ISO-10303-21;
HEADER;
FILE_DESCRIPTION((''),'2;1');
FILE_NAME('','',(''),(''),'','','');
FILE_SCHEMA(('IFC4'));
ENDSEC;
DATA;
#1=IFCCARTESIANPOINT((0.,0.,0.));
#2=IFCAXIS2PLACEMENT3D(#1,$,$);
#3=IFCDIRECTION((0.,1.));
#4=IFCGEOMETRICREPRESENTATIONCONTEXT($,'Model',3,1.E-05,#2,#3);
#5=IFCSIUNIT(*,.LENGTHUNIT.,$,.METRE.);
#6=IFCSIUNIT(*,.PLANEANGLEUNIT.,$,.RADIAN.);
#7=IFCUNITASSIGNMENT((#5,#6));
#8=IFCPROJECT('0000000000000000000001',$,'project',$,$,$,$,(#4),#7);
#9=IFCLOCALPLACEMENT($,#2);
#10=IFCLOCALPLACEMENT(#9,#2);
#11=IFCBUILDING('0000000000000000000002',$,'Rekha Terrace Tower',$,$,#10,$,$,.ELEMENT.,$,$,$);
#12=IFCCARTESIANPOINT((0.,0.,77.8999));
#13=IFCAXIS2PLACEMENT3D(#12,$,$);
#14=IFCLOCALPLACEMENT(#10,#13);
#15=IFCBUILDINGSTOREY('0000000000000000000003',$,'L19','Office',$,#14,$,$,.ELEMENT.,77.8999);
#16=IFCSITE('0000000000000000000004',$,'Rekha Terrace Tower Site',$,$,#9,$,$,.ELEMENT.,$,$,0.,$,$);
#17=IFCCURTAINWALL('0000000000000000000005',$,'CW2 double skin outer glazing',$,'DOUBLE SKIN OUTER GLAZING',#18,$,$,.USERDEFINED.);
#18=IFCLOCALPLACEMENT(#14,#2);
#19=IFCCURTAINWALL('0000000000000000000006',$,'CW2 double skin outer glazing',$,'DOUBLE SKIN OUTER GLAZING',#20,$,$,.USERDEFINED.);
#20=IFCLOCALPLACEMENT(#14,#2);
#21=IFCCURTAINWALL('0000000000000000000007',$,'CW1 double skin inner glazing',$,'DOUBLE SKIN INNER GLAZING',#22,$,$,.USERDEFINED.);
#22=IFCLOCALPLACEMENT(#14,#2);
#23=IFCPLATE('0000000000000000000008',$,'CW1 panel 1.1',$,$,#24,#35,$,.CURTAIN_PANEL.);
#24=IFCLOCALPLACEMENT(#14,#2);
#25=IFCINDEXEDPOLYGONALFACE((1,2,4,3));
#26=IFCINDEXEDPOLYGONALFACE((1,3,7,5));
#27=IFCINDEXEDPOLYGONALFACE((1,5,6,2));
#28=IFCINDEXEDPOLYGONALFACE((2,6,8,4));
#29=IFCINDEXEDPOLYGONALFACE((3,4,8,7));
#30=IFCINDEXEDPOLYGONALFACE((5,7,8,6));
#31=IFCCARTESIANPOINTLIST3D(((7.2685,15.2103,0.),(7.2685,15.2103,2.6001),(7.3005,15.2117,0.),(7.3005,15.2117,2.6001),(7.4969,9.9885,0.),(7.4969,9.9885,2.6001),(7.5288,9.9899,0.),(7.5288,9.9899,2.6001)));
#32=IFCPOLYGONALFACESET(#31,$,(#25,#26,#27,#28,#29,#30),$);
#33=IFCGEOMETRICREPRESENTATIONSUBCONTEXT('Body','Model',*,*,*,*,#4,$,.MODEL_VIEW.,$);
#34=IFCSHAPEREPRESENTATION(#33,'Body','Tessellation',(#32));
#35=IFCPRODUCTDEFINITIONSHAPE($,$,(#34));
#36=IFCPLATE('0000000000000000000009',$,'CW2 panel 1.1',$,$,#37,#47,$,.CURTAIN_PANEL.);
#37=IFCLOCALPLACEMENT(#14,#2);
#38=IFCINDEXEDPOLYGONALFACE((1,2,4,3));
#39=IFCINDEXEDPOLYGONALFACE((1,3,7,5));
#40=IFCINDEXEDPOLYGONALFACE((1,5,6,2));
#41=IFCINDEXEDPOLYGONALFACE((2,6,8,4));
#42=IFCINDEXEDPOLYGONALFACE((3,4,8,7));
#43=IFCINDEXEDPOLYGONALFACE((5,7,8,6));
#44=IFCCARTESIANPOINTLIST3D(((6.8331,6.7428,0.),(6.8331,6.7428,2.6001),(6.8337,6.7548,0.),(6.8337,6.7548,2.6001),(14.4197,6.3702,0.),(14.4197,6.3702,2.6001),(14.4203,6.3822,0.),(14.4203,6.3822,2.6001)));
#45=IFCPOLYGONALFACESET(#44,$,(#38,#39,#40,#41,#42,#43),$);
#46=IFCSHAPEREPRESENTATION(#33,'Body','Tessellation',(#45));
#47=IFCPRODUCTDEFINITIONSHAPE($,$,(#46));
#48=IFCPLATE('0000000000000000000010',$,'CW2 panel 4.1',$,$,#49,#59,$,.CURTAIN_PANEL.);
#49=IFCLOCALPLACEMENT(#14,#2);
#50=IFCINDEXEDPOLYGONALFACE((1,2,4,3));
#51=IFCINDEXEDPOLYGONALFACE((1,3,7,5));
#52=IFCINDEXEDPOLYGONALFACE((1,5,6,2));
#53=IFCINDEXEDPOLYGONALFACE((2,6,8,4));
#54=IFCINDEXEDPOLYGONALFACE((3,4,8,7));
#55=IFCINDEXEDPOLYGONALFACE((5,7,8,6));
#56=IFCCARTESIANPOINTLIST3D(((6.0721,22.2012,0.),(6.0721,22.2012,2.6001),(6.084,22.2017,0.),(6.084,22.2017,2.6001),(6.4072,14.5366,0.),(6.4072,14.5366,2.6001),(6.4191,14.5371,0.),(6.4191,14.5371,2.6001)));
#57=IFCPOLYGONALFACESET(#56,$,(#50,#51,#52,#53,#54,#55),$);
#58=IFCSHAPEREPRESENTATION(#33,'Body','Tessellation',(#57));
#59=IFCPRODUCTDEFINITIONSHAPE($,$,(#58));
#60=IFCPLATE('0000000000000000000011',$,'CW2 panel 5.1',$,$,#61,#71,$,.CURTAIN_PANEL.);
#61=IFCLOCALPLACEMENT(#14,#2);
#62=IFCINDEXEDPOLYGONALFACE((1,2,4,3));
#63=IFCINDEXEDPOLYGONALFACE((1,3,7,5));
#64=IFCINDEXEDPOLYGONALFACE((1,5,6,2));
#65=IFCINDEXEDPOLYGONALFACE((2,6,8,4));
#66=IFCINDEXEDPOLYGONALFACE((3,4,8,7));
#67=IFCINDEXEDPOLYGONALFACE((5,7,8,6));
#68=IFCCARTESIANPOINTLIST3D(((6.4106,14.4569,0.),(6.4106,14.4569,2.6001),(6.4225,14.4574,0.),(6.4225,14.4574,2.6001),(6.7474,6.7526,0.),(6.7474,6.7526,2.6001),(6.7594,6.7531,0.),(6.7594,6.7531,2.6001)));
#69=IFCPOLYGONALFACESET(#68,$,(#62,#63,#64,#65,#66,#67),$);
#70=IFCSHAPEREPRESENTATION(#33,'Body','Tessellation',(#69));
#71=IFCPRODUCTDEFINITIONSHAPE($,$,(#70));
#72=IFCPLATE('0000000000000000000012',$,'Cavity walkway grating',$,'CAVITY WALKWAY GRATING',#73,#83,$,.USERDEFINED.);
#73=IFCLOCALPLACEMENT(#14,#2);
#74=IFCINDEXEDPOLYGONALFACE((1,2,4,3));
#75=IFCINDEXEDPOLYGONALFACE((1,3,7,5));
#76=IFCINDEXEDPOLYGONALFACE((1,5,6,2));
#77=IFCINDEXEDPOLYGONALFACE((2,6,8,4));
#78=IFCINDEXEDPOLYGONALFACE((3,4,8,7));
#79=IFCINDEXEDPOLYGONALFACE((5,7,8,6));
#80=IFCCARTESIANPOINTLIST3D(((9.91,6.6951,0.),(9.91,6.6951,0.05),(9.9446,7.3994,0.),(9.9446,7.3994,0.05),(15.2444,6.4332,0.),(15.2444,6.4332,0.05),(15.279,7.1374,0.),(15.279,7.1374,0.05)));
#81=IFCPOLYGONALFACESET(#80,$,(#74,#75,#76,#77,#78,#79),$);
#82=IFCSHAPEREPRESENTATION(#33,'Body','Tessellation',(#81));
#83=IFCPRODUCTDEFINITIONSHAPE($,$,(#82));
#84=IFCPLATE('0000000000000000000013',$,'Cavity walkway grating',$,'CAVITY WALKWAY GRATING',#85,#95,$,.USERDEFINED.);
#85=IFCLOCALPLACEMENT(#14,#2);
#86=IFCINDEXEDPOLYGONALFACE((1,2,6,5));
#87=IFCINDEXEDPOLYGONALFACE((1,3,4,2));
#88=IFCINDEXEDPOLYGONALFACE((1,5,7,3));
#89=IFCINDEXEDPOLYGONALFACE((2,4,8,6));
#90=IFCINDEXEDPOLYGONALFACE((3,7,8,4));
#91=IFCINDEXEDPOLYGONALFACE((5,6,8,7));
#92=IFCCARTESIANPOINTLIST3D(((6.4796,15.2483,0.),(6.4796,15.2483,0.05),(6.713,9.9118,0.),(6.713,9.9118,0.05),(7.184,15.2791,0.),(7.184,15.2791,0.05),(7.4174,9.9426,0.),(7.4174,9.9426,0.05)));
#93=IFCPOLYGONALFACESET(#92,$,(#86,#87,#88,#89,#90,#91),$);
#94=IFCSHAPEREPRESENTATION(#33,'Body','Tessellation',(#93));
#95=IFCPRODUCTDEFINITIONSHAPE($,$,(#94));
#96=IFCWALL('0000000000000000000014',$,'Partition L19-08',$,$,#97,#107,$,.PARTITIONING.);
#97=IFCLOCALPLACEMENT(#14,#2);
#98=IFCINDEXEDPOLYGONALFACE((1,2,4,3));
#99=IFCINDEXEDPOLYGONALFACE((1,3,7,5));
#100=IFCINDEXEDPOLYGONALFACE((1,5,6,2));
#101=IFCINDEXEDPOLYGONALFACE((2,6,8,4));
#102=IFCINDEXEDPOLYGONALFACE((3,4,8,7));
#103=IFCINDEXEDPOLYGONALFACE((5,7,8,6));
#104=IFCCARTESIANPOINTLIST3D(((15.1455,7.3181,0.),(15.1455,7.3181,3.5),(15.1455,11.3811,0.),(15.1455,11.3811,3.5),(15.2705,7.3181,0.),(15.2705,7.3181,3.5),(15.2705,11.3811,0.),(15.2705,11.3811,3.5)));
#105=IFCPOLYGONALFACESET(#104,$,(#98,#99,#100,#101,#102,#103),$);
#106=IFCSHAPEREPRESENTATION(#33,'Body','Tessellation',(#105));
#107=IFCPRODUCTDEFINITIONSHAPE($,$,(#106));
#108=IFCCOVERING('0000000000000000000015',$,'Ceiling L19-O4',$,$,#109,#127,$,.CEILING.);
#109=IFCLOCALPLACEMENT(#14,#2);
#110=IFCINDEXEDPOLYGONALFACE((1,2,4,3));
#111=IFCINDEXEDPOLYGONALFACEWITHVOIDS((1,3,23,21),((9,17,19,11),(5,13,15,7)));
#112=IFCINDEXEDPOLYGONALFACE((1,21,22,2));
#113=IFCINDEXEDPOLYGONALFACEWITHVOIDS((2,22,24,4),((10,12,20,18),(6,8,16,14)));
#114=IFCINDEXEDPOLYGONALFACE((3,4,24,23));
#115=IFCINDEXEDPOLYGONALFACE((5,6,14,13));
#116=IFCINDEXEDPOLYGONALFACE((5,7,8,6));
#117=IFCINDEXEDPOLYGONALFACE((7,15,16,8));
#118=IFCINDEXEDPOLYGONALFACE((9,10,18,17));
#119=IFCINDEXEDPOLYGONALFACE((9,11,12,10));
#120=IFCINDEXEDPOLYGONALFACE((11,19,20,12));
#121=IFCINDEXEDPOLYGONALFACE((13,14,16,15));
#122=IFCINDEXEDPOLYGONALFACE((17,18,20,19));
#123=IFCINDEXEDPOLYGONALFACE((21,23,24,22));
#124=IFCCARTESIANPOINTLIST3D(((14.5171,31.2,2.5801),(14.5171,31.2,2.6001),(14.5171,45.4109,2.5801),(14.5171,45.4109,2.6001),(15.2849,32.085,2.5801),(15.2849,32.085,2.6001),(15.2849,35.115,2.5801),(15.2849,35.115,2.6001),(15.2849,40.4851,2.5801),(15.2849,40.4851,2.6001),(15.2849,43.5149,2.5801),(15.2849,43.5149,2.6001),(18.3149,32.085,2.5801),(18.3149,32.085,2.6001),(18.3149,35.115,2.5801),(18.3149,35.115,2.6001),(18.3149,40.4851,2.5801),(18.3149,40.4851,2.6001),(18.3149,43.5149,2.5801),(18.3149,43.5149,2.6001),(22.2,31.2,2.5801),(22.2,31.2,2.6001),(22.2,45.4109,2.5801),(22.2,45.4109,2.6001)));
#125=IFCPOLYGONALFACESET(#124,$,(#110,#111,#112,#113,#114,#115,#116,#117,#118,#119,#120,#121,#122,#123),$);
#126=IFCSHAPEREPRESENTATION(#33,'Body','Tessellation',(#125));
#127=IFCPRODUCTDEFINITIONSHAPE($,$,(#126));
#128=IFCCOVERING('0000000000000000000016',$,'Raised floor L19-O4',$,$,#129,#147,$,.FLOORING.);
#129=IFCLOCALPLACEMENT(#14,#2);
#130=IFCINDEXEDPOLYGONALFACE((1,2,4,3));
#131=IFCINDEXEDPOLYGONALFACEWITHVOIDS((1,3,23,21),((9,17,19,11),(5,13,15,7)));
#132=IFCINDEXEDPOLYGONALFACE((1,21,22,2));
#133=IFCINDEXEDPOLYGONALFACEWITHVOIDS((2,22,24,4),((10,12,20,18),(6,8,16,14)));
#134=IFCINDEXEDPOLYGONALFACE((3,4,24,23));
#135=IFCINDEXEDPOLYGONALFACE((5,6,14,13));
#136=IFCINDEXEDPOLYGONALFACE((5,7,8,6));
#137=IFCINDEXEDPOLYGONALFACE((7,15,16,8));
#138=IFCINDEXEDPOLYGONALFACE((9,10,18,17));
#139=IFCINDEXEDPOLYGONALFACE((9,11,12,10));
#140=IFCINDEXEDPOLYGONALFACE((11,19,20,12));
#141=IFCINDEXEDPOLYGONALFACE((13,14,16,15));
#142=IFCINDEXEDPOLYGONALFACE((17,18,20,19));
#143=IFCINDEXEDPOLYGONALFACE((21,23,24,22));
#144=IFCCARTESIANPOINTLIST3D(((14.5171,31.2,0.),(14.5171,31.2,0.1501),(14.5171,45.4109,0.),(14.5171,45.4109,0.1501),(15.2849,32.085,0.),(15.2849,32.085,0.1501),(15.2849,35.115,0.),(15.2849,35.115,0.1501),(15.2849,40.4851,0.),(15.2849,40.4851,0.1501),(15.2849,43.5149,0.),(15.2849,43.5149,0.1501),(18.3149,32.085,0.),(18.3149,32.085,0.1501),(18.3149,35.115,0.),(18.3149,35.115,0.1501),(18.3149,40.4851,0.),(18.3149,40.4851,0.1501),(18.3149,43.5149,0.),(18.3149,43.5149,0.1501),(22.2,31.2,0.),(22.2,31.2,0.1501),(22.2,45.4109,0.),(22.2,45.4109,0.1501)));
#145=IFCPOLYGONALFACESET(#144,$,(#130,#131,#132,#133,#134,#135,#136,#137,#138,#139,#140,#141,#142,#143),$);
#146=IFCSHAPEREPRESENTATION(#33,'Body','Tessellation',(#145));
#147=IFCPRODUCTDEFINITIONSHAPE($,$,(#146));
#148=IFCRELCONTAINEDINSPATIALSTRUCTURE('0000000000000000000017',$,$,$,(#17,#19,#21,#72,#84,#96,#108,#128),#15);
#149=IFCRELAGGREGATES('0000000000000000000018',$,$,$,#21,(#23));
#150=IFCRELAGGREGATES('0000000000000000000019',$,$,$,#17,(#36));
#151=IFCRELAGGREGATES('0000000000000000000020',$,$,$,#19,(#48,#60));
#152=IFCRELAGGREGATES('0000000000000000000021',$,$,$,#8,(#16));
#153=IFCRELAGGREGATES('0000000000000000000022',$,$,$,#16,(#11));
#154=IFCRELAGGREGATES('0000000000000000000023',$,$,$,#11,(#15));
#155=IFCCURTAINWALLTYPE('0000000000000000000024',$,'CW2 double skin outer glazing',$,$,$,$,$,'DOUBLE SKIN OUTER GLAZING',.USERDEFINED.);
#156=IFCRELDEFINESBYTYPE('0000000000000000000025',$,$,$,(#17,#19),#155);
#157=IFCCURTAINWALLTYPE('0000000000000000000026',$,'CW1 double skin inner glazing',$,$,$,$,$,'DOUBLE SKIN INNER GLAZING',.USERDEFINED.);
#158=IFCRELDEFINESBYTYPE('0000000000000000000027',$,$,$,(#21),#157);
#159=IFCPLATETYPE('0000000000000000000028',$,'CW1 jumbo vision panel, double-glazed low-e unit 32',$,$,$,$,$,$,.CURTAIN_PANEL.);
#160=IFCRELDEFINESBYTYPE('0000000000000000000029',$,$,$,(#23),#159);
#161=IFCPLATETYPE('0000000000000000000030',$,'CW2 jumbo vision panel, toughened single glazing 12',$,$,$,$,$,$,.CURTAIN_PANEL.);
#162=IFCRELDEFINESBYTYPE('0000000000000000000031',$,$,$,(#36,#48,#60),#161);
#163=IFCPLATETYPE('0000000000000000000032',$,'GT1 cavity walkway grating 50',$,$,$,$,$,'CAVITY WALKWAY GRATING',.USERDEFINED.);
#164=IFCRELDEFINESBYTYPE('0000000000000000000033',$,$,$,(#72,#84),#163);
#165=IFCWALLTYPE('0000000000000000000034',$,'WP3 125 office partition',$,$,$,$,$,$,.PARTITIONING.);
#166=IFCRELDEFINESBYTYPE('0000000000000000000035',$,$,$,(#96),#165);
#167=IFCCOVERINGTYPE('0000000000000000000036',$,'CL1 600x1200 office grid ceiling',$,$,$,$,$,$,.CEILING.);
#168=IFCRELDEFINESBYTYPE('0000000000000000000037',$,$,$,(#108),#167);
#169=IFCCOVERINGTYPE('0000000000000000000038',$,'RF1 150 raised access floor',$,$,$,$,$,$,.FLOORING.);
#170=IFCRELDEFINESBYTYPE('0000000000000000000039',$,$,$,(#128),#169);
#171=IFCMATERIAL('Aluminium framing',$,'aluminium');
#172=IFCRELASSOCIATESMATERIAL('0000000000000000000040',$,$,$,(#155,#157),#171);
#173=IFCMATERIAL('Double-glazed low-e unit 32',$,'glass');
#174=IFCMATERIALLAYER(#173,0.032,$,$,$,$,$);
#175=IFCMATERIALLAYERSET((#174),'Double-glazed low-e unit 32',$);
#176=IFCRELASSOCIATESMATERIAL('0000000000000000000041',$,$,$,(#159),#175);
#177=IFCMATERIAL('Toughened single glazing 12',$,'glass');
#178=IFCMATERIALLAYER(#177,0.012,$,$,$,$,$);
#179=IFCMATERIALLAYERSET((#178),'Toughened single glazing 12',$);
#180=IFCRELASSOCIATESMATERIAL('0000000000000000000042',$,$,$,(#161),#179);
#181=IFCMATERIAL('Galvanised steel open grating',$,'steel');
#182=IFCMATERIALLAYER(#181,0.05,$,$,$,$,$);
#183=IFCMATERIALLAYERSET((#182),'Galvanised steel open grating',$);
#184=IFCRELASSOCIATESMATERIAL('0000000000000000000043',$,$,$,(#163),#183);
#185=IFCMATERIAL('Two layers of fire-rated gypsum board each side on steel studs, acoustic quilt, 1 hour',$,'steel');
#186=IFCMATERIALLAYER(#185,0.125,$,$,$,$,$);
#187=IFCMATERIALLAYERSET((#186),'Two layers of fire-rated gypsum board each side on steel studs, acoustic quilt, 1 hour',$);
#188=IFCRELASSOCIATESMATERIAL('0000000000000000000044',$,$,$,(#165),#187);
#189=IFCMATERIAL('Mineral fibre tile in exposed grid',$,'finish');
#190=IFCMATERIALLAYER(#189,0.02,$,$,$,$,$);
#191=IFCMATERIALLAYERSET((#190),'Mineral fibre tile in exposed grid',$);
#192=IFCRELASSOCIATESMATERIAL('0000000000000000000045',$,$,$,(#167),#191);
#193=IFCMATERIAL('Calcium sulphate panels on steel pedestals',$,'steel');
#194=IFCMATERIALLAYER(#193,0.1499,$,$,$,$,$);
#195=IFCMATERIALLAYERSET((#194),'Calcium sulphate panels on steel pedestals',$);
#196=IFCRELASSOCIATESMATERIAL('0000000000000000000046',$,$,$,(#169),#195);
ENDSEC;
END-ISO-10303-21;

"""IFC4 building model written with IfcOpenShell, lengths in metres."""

from ifc_helpers import new_model, si_unit, direction, frame, frame_2d, origin, origin_2d, place, context, subcontext, project, spatial, polyline, rectangle, outline, extrude, material, layer, layer_set, type_object, element, aggregate, save


model = new_model("IFC4")

# Units and contexts
model_context = context("Model", 3, precision=1e-05, world=origin(), true_north=direction((0.0, 1.0)))
body_context = subcontext(model_context, "Body", "Model", "MODEL_VIEW")
ifc_project = project(units=[si_unit("LENGTHUNIT", "METRE"), si_unit("PLANEANGLEUNIT", "RADIAN")], contexts=[model_context])

# Site, building, storey
site_placement = place(None, origin())
site = spatial("IfcSite", under=ifc_project, at=site_placement, Name="Rekha Terrace Tower Site", CompositionType="ELEMENT", RefElevation=0.0)
building_placement = place(site_placement, origin())
building = spatial("IfcBuilding", under=site, at=building_placement, Name="Rekha Terrace Tower", CompositionType="ELEMENT")
storey_placement = place(building_placement, frame((0.0, 0.0, 77.8999)))
storey = spatial("IfcBuildingStorey", under=building, at=storey_placement, Name="L19", Description="Office", CompositionType="ELEMENT", Elevation=77.8999)

# Curtain wall
ifc_material_1 = material(Name="Aluminium framing", Category="aluminium")
curtain_wall_type_1 = type_object("IfcCurtainWallType", Name="CW2 double skin outer glazing", ElementType="DOUBLE SKIN OUTER GLAZING", PredefinedType="USERDEFINED", material=ifc_material_1)
curtain_wall_1_placement = place(storey_placement, origin())
curtain_wall_1 = element("IfcCurtainWall", 1, at=curtain_wall_1_placement, inside=storey, type_object=curtain_wall_type_1, Name="CW2 double skin outer glazing", ObjectType="DOUBLE SKIN OUTER GLAZING", PredefinedType="USERDEFINED")

# Curtain wall
curtain_wall_2_placement = place(storey_placement, origin())
curtain_wall_2 = element("IfcCurtainWall", 2, at=curtain_wall_2_placement, inside=storey, type_object=curtain_wall_type_1, Name="CW2 double skin outer glazing", ObjectType="DOUBLE SKIN OUTER GLAZING", PredefinedType="USERDEFINED")
curtain_wall_type_2 = type_object("IfcCurtainWallType", Name="CW1 double skin inner glazing", ElementType="DOUBLE SKIN INNER GLAZING", PredefinedType="USERDEFINED", material=ifc_material_1)

# Curtain wall
curtain_wall_3_placement = place(storey_placement, origin())
curtain_wall_3 = element("IfcCurtainWall", 3, at=curtain_wall_3_placement, inside=storey, type_object=curtain_wall_type_2, Name="CW1 double skin inner glazing", ObjectType="DOUBLE SKIN INNER GLAZING", PredefinedType="USERDEFINED")

# Plates
ifc_material_2 = material(Name="Double-glazed low-e unit 32", Category="glass")
ifc_layer_1 = layer(ifc_material_2, 0.032)
ifc_layer_set_1 = layer_set([ifc_layer_1], Name="Double-glazed low-e unit 32")
plate_type_1 = type_object("IfcPlateType", Name="CW1 jumbo vision panel, double-glazed low-e unit 32", PredefinedType="CURTAIN_PANEL", material=ifc_layer_set_1)
plate_1_placement = place(storey_placement, frame((7.3987, 12.6001, 0.0), z_axis=(0.0, 0.0, 1.0), x_axis=(0.043683, -0.999045, 0.0)))
plate_1 = element("IfcPlate", 4, at=plate_1_placement, type_object=plate_type_1, Name="CW1 panel 1.1", PredefinedType="CURTAIN_PANEL", context=body_context, shape_type="SweptSolid", body=[
    extrude(rectangle(XDim=5.2268, YDim=0.032, at=origin_2d()), origin(), (0.0, 0.0, 1.0), 2.6001),
])
aggregate(curtain_wall_3, [plate_1])
ifc_material_3 = material(Name="Toughened single glazing 12", Category="glass")
ifc_layer_2 = layer(ifc_material_3, 0.012)
ifc_layer_set_2 = layer_set([ifc_layer_2], Name="Toughened single glazing 12")
plate_type_2 = type_object("IfcPlateType", Name="CW2 jumbo vision panel, toughened single glazing 12", PredefinedType="CURTAIN_PANEL", material=ifc_layer_set_2)
plate_2_placement = place(storey_placement, frame((10.6267, 6.5625, 0.0), z_axis=(0.0, 0.0, 1.0), x_axis=(0.998796, -0.049052, 0.0)))
plate_2 = element("IfcPlate", 5, at=plate_2_placement, type_object=plate_type_2, Name="CW2 panel 1.1", PredefinedType="CURTAIN_PANEL", context=body_context, shape_type="SweptSolid", body=[
    extrude(rectangle(XDim=7.5957, YDim=0.012, at=origin_2d()), origin(), (0.0, 0.0, 1.0), 2.6001),
])
aggregate(curtain_wall_1, [plate_2])
plate_3_placement = place(storey_placement, frame((6.2456, 18.3691, 0.0), z_axis=(0.0, 0.0, 1.0), x_axis=(0.043683, -0.999045, 0.0)))
plate_3 = element("IfcPlate", 6, at=plate_3_placement, type_object=plate_type_2, Name="CW2 panel 4.1", PredefinedType="CURTAIN_PANEL", context=body_context, shape_type="SweptSolid", body=[
    extrude(rectangle(XDim=7.6719, YDim=0.012, at=origin_2d()), origin(), (0.0, 0.0, 1.0), 2.6001),
])
plate_4_placement = place(storey_placement, frame((6.585, 10.605, 0.0), z_axis=(0.0, 0.0, 1.0), x_axis=(0.043683, -0.999045, 0.0)))
plate_4 = element("IfcPlate", 7, at=plate_4_placement, type_object=plate_type_2, Name="CW2 panel 5.1", PredefinedType="CURTAIN_PANEL", context=body_context, shape_type="SweptSolid", body=[
    extrude(rectangle(XDim=7.7117, YDim=0.012, at=origin_2d()), origin(), (0.0, 0.0, 1.0), 2.6001),
])
aggregate(curtain_wall_2, [plate_3, plate_4])

# Plates
ifc_material_4 = material(Name="Galvanised steel open grating", Category="steel")
ifc_layer_3 = layer(ifc_material_4, 0.05)
ifc_layer_set_3 = layer_set([ifc_layer_3], Name="Galvanised steel open grating")
plate_type_3 = type_object("IfcPlateType", Name="GT1 cavity walkway grating 50", ElementType="CAVITY WALKWAY GRATING", PredefinedType="USERDEFINED", material=ifc_layer_set_3)
plate_5_placement = place(storey_placement, frame((12.5945, 6.9163, 0.0), z_axis=(0.0, 0.0, 1.0), x_axis=(0.998796, -0.049052, 0.0)))
element("IfcPlate", 8, at=plate_5_placement, inside=storey, type_object=plate_type_3, Name="Cavity walkway grating", ObjectType="CAVITY WALKWAY GRATING", PredefinedType="USERDEFINED", context=body_context, shape_type="SweptSolid", body=[
    extrude(rectangle(XDim=5.3408, YDim=0.7051, at=origin_2d()), origin(), (0.0, 0.0, 1.0), 0.05),
])
plate_6_placement = place(storey_placement, frame((6.9485, 12.5955, 0.0), z_axis=(0.0, 0.0, 1.0), x_axis=(0.043683, -0.999045, 0.0)))
element("IfcPlate", 9, at=plate_6_placement, inside=storey, type_object=plate_type_3, Name="Cavity walkway grating", ObjectType="CAVITY WALKWAY GRATING", PredefinedType="USERDEFINED", context=body_context, shape_type="SweptSolid", body=[
    extrude(rectangle(XDim=5.3416, YDim=0.7051, at=origin_2d()), origin(), (0.0, 0.0, 1.0), 0.05),
])

# Wall
ifc_material_5 = material(Name="Two layers of fire-rated gypsum board each side on steel studs, acoustic quilt, 1 hour", Category="steel")
ifc_layer_4 = layer(ifc_material_5, 0.125)
ifc_layer_set_4 = layer_set([ifc_layer_4], Name="Two layers of fire-rated gypsum board each side on steel studs, acoustic quilt, 1 hour")
wall_type = type_object("IfcWallType", Name="WP3 125 office partition", PredefinedType="PARTITIONING", material=ifc_layer_set_4)
wall_placement = place(storey_placement, frame((15.208, 11.3811, 0.0), z_axis=(0.0, 0.0, 1.0), x_axis=(0.0, -1.0, 0.0)))
element("IfcWall", 10, at=wall_placement, inside=storey, type_object=wall_type, Name="Partition L19-08", PredefinedType="PARTITIONING", context=body_context, shape_type="SweptSolid", body=[
    extrude(rectangle(XDim=4.063, YDim=0.125, at=frame_2d((2.0315, 0.0))), origin(), (0.0, 0.0, 1.0), 3.5),
])

# Coverings
ifc_material_6 = material(Name="Mineral fibre tile in exposed grid", Category="finish")
ifc_layer_5 = layer(ifc_material_6, 0.02)
ifc_layer_set_5 = layer_set([ifc_layer_5], Name="Mineral fibre tile in exposed grid")
covering_type_1 = type_object("IfcCoveringType", Name="CL1 600x1200 office grid ceiling", PredefinedType="CEILING", material=ifc_layer_set_5)
covering_1_placement = place(storey_placement, frame((0.0, 0.0, 2.5801)))
element("IfcCovering", 11, at=covering_1_placement, inside=storey, type_object=covering_type_1, Name="Ceiling L19-O4", PredefinedType="CEILING", context=body_context, shape_type="SweptSolid", body=[
    extrude(outline(polyline([(14.5171, 45.4109), (14.5171, 31.2), (22.2, 31.2), (22.2, 45.4109), (14.5171, 45.4109)]), holes=[polyline([(18.3149, 32.085), (15.2849, 32.085), (15.2849, 35.115), (18.3149, 35.115), (18.3149, 32.085)]), polyline([(18.3149, 40.4851), (15.2849, 40.4851), (15.2849, 43.5149), (18.3149, 43.5149), (18.3149, 40.4851)])]), origin(), (0.0, 0.0, 1.0), 0.02),
])
ifc_material_7 = material(Name="Calcium sulphate panels on steel pedestals", Category="steel")
ifc_layer_6 = layer(ifc_material_7, 0.1499)
ifc_layer_set_6 = layer_set([ifc_layer_6], Name="Calcium sulphate panels on steel pedestals")
covering_type_2 = type_object("IfcCoveringType", Name="RF1 150 raised access floor", PredefinedType="FLOORING", material=ifc_layer_set_6)
covering_2_placement = place(storey_placement, origin())
element("IfcCovering", 12, at=covering_2_placement, inside=storey, type_object=covering_type_2, Name="Raised floor L19-O4", PredefinedType="FLOORING", context=body_context, shape_type="SweptSolid", body=[
    extrude(outline(polyline([(14.5171, 45.4109), (14.5171, 31.2), (22.2, 31.2), (22.2, 45.4109), (14.5171, 45.4109)]), holes=[polyline([(18.3149, 32.085), (15.2849, 32.085), (15.2849, 35.115), (18.3149, 35.115), (18.3149, 32.085)]), polyline([(18.3149, 40.4851), (15.2849, 40.4851), (15.2849, 43.5149), (18.3149, 43.5149), (18.3149, 40.4851)])]), origin(), (0.0, 0.0, 1.0), 0.1501),
])

save(model, "model.ifc")
